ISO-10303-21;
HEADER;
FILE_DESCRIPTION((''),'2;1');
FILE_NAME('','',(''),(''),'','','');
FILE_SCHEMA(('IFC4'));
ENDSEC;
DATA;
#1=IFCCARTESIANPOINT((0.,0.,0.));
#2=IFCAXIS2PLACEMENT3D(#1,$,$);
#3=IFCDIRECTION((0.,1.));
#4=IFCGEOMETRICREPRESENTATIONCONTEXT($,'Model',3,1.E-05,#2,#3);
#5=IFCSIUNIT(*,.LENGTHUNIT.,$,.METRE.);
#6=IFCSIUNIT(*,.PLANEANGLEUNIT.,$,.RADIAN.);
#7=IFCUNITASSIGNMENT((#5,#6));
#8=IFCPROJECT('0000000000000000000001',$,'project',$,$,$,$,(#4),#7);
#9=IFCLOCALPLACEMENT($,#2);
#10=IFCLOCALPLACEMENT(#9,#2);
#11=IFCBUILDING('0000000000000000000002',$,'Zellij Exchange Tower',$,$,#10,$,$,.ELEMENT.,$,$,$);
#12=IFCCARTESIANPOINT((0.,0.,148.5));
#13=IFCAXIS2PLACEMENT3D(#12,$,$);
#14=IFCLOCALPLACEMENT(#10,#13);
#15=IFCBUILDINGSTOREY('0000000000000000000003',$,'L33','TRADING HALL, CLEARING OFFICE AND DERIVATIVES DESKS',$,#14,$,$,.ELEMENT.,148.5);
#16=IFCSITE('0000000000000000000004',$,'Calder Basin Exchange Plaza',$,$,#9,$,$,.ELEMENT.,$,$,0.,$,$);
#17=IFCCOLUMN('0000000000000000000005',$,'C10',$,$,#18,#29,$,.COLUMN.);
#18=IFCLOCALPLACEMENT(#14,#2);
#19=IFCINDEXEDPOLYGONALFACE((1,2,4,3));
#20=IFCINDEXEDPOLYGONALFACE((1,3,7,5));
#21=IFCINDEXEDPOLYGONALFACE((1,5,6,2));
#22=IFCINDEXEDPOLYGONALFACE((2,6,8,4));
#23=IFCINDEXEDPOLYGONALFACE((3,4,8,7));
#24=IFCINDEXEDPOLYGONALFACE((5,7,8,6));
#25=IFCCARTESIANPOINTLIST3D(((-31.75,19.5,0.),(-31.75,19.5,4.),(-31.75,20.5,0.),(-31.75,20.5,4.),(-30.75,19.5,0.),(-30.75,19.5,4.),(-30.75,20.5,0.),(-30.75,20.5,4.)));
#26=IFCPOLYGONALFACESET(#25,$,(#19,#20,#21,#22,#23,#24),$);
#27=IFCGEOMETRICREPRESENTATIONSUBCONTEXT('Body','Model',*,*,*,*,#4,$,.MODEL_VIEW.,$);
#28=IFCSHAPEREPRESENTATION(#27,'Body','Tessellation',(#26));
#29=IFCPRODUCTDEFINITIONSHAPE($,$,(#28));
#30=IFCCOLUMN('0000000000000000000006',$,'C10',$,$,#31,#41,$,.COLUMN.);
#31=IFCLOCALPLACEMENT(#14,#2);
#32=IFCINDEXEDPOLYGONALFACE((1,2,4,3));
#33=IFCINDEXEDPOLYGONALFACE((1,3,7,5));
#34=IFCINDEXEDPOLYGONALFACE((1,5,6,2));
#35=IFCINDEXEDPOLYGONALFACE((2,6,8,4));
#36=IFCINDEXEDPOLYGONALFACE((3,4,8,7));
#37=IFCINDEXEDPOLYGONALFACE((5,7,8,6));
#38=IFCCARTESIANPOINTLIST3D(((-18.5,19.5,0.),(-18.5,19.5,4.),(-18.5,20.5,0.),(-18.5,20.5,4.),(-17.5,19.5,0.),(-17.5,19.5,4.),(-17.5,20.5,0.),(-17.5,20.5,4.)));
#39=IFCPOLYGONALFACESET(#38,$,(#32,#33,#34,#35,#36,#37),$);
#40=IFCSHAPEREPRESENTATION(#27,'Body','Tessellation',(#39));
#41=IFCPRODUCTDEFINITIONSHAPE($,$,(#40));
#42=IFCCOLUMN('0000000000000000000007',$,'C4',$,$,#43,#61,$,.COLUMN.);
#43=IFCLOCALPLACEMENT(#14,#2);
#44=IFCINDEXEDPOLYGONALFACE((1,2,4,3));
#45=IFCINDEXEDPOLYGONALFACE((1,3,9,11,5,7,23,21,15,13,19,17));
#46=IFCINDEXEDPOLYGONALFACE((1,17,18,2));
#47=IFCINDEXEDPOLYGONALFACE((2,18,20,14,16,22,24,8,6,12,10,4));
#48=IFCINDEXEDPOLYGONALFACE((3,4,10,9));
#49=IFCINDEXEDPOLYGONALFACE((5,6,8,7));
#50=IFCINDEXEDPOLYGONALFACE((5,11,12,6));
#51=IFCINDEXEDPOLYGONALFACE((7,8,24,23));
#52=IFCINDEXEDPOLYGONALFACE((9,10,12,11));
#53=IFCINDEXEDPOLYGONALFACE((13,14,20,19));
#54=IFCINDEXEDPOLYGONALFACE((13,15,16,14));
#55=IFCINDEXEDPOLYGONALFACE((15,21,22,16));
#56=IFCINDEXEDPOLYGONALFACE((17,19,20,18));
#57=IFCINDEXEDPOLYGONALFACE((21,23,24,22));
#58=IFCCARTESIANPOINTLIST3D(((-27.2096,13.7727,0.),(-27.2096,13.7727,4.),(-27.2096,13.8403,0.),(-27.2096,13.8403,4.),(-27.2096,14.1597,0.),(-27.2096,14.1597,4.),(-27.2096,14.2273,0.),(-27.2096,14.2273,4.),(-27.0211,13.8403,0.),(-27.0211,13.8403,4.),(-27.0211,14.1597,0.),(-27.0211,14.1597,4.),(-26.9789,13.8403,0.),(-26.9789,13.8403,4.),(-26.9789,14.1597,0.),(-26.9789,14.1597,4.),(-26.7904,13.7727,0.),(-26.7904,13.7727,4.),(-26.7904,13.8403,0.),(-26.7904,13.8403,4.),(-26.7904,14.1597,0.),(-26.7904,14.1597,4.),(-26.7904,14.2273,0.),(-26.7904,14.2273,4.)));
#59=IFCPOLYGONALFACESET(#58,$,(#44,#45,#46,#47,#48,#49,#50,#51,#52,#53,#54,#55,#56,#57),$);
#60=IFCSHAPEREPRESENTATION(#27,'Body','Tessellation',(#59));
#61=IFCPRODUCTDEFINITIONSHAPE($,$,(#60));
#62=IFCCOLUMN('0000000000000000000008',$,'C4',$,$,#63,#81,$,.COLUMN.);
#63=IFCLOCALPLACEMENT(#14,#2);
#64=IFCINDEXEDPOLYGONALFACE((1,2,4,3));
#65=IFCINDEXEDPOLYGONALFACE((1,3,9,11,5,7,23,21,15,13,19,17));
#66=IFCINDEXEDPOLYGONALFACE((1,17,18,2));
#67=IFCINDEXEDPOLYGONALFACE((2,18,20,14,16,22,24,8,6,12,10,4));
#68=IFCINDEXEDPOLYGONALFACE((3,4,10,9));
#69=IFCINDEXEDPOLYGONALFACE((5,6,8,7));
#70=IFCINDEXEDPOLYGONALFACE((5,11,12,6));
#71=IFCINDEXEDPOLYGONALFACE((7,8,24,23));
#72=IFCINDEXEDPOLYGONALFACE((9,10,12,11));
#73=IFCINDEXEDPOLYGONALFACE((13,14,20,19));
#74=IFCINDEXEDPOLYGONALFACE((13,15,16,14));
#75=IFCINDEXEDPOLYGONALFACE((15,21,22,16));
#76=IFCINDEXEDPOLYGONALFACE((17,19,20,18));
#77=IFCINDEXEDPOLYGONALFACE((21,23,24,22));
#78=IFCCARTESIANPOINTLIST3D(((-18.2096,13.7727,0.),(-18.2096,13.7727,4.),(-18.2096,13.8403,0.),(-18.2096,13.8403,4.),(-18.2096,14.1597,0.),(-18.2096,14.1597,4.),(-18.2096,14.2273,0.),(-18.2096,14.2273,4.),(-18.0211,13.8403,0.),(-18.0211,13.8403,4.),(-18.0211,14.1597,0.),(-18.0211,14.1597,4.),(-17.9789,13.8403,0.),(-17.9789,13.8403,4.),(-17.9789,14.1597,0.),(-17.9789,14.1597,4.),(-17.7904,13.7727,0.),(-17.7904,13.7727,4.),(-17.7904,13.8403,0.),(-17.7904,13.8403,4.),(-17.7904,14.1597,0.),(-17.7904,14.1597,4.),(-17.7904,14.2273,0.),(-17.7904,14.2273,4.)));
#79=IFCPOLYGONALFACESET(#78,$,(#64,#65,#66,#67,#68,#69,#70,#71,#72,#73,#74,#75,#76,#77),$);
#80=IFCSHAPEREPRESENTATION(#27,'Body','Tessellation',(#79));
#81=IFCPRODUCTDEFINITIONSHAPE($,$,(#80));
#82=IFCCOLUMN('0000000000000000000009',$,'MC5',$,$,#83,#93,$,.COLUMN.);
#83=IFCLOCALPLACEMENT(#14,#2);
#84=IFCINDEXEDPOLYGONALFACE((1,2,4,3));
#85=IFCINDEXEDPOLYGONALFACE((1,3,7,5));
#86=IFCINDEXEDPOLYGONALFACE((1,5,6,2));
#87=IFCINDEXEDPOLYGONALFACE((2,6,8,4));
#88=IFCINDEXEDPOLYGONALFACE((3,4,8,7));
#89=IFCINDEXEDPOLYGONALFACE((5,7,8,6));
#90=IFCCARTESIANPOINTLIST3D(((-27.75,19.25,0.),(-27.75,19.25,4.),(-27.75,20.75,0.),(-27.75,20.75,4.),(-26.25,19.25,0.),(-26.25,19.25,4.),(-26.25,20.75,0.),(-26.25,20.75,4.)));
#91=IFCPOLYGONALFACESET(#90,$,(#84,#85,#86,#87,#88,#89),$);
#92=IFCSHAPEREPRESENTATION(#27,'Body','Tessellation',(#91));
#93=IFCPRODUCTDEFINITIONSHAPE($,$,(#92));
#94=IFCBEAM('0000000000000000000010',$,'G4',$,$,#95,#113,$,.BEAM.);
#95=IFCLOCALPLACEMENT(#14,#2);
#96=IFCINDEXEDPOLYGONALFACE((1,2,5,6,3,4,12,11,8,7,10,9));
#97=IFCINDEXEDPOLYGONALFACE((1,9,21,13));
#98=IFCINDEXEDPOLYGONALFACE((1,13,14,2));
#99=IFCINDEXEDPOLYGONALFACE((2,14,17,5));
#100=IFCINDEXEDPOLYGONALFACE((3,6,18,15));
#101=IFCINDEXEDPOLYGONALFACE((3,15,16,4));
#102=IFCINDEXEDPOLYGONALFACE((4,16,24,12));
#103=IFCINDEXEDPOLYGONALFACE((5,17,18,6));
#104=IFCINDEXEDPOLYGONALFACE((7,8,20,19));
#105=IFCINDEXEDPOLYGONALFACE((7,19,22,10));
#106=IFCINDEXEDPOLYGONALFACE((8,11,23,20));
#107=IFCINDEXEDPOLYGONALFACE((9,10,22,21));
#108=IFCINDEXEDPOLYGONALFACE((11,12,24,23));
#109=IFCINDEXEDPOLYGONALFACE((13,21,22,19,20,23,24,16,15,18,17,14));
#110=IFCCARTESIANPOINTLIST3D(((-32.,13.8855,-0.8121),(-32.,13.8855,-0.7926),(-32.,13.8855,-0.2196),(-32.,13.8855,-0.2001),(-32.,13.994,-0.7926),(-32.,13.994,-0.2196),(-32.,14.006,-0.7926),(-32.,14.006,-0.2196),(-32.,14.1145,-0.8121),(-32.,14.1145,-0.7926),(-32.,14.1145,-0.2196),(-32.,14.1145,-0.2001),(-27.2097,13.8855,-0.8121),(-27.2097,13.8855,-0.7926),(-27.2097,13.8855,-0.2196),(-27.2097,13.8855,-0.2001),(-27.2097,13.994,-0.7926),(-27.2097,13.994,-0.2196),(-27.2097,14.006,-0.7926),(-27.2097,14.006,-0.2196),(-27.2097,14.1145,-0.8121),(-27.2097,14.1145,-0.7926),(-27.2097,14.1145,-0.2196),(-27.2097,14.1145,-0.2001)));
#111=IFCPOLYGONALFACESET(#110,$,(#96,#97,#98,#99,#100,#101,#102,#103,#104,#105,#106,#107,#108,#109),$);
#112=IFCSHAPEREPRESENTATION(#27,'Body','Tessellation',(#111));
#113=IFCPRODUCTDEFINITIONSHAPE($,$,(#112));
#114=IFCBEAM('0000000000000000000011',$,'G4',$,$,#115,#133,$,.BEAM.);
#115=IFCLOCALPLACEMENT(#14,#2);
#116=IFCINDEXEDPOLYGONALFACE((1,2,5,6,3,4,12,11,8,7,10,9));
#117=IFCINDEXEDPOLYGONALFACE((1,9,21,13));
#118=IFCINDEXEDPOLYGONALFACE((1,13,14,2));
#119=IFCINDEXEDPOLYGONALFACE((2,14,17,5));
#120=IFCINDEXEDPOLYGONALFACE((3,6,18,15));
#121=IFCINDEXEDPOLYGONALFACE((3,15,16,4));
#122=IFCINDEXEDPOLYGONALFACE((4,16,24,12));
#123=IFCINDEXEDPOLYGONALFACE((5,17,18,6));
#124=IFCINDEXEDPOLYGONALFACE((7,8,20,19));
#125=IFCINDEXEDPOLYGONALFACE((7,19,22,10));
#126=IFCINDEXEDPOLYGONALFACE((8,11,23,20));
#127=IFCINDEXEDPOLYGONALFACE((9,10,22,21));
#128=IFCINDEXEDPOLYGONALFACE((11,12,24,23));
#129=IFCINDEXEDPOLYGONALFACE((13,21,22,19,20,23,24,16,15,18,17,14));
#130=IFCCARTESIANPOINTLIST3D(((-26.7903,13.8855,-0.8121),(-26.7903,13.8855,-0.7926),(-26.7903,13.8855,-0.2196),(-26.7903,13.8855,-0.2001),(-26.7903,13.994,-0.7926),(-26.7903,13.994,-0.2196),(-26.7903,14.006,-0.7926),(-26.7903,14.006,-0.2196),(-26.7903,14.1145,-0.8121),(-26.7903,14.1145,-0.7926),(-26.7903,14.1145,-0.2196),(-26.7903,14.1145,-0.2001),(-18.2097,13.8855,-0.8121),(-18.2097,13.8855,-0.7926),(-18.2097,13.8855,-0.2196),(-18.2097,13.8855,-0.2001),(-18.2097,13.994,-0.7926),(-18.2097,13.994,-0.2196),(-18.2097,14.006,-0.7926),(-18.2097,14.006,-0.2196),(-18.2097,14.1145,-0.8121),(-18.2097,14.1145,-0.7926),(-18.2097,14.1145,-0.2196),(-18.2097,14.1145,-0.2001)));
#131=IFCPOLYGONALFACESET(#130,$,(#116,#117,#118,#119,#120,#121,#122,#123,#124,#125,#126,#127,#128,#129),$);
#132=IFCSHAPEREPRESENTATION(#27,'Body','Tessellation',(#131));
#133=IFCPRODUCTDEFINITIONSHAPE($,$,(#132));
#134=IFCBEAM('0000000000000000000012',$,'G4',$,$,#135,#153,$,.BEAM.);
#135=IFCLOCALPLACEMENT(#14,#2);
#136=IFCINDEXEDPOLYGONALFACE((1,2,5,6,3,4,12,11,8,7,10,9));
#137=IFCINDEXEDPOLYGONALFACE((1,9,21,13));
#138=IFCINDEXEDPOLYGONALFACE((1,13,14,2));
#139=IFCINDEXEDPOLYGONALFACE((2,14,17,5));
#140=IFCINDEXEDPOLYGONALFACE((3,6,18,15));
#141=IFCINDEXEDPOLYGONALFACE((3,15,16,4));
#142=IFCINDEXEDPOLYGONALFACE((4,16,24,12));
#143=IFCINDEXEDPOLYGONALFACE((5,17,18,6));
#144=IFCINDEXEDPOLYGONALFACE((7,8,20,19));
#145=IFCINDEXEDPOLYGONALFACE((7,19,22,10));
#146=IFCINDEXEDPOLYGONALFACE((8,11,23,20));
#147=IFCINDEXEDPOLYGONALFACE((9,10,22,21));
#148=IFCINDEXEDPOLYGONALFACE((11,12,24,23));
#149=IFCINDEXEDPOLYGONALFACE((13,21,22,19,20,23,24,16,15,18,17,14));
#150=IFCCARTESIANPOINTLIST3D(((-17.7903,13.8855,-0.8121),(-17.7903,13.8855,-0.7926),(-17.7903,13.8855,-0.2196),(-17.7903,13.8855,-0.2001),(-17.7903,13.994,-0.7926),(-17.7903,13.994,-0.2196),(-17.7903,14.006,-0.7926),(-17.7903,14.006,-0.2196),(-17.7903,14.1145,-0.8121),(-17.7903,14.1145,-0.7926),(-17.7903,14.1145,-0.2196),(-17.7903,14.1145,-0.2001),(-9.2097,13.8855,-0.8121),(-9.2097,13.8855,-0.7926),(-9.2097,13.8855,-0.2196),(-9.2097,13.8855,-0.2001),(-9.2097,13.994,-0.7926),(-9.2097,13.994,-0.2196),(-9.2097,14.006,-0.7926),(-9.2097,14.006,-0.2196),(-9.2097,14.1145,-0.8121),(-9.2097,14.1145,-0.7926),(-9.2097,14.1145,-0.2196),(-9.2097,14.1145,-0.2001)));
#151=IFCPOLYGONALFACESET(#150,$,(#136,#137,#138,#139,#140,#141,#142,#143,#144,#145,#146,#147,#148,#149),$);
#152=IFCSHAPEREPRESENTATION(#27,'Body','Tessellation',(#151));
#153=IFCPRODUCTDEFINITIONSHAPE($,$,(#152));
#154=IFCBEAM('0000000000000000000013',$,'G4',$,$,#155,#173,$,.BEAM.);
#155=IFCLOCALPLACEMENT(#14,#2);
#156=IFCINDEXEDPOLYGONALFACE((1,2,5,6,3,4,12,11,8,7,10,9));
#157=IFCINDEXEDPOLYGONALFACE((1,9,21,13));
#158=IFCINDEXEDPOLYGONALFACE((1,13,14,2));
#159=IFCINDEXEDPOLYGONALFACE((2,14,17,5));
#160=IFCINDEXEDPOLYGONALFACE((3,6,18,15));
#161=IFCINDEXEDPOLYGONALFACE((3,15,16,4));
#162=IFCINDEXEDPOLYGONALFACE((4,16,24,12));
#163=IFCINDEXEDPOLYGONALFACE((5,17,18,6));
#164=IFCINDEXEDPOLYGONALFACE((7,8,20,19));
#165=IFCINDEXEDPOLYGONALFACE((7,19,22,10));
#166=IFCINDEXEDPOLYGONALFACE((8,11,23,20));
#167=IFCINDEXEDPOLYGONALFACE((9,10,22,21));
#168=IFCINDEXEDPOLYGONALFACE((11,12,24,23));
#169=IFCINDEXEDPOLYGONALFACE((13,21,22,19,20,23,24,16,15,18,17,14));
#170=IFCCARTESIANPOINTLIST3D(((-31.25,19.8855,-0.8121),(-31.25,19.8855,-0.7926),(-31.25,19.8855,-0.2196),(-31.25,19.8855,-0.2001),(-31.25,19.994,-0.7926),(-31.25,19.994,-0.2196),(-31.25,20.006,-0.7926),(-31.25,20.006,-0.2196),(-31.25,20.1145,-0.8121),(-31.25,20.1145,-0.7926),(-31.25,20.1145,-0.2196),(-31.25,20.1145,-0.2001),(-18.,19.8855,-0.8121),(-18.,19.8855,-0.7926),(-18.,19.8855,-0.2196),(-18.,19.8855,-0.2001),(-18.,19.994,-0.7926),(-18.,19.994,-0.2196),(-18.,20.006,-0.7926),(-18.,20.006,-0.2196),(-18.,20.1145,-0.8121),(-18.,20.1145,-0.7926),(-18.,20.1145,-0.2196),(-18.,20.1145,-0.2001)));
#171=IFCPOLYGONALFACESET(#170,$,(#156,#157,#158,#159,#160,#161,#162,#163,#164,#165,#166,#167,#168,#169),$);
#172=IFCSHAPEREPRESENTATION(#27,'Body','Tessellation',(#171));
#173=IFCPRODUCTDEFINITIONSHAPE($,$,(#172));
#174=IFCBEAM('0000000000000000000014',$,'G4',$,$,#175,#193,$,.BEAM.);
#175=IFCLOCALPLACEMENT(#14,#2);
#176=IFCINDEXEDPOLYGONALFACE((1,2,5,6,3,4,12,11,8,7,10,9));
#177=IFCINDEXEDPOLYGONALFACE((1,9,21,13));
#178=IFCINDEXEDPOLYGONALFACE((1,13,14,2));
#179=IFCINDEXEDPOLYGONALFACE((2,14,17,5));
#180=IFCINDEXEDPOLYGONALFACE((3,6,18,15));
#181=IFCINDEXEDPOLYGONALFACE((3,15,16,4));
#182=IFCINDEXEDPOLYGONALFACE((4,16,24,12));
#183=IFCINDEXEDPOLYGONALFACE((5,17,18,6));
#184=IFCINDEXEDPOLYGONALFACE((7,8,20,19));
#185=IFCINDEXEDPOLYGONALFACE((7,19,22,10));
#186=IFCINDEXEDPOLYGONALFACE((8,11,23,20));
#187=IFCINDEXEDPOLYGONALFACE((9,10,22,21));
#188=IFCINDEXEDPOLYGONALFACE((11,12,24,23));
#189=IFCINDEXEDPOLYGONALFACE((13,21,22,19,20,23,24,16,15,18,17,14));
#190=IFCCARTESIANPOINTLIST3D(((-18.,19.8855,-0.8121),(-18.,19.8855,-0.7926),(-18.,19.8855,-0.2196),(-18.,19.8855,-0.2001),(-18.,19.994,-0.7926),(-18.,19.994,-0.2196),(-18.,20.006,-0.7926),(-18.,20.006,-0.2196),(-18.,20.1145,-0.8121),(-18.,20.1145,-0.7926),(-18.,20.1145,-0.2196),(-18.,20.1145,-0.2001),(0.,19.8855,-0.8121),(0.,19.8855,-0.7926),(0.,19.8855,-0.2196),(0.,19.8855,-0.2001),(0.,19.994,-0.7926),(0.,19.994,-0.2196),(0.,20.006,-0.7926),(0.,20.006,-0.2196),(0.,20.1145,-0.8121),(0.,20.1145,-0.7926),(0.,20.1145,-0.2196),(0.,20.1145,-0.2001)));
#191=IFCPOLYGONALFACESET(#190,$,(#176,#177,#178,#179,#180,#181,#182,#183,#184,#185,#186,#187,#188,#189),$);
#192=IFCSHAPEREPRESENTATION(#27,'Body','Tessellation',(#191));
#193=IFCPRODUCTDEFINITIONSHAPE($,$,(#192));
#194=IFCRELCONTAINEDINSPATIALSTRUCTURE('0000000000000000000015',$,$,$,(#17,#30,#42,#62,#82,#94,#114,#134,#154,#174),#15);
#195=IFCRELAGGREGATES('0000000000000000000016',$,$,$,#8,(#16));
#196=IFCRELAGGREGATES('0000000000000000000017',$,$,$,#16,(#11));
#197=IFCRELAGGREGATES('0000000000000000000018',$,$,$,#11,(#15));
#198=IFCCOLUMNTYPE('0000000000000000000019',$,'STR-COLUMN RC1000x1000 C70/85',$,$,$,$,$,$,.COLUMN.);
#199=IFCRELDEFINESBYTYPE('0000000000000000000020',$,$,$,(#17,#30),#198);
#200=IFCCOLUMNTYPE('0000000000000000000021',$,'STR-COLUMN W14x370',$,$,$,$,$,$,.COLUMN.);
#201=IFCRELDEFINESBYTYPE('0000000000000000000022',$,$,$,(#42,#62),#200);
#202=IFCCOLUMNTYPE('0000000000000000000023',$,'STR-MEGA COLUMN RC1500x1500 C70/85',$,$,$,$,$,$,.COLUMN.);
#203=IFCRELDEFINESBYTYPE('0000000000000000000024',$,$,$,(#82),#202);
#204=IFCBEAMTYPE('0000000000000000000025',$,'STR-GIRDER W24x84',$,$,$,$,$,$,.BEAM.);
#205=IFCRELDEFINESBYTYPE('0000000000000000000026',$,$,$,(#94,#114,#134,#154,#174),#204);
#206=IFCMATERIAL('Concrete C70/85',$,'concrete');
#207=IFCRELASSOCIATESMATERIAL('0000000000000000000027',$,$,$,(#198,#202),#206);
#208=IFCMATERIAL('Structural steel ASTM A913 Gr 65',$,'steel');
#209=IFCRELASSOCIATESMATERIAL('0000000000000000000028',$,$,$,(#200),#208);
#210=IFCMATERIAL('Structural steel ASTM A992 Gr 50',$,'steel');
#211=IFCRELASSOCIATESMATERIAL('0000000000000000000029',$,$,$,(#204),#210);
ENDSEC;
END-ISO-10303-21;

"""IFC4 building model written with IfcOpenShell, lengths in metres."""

from ifc_helpers import new_model, si_unit, direction, frame, origin, origin_2d, place, context, subcontext, project, spatial, rectangle, i_section, extrude, material, material_profile, profile_set, type_object, element, save


model = new_model("IFC4")

# Units and contexts
model_context = context("Model", 3, precision=1e-05, world=origin(), true_north=direction((0.0, 1.0)))
body_context = subcontext(model_context, "Body", "Model", "MODEL_VIEW")
ifc_project = project(units=[si_unit("LENGTHUNIT", "METRE"), si_unit("PLANEANGLEUNIT", "RADIAN")], contexts=[model_context])

# Site, building, storey
site_placement = place(None, origin())
site = spatial("IfcSite", under=ifc_project, at=site_placement, Name="Calder Basin Exchange Plaza", CompositionType="ELEMENT", RefElevation=0.0)
building_placement = place(site_placement, origin())
building = spatial("IfcBuilding", under=site, at=building_placement, Name="Zellij Exchange Tower", CompositionType="ELEMENT")
storey_placement = place(building_placement, frame((0.0, 0.0, 148.5)))
storey = spatial("IfcBuildingStorey", under=building, at=storey_placement, Name="L33", Description="TRADING HALL, CLEARING OFFICE AND DERIVATIVES DESKS", CompositionType="ELEMENT", Elevation=148.5)

# Columns
ifc_material_1 = material(Name="Concrete C70/85", Category="concrete")
ifc_material_profile_1 = material_profile(ifc_material_1, rectangle(XDim=1.0, YDim=1.0, at=origin_2d()), Name="STR-COLUMN RC1000x1000 C70/85")
ifc_profile_set_1 = profile_set([ifc_material_profile_1], Name="Concrete C70/85")
column_type_1 = type_object("IfcColumnType", Name="STR-COLUMN RC1000x1000 C70/85", PredefinedType="COLUMN", material=ifc_profile_set_1)
for number, where, z_axis, x_axis, name in (
    (1, (-31.25, 20.0, 0.0), (0.0, 0.0, 1.0), (1.0, 0.0, 0.0), "C10"),
    (2, (-18.0, 20.0, 0.0), (0.0, 0.0, 1.0), (1.0, 0.0, 0.0), "C10"),
):
    element("IfcColumn", number, at=place(storey_placement, frame(where, z_axis=z_axis, x_axis=x_axis)), inside=storey, type_object=column_type_1, Name=name, PredefinedType="COLUMN", context=body_context, shape_type="SweptSolid", body=[
        extrude(rectangle(XDim=1.0, YDim=1.0, at=origin_2d()), origin(), (0.0, 0.0, 1.0), 4.0),
    ])
ifc_material_2 = material(Name="Structural steel ASTM A913 Gr 65", Category="steel")
ifc_material_profile_2 = material_profile(ifc_material_2, i_section(OverallWidth=0.4192, OverallDepth=0.4546, WebThickness=0.0422, FlangeThickness=0.0676, at=origin_2d()), Name="W14x370")
ifc_profile_set_2 = profile_set([ifc_material_profile_2], Name="Structural steel ASTM A913 Gr 65")
column_type_2 = type_object("IfcColumnType", Name="STR-COLUMN W14x370", PredefinedType="COLUMN", material=ifc_profile_set_2)
for number, where, z_axis, x_axis, name in (
    (3, (-27.0, 14.0, 0.0), (0.0, 0.0, 1.0), (1.0, 0.0, 0.0), "C4"),
    (4, (-18.0, 14.0, 0.0), (0.0, 0.0, 1.0), (1.0, 0.0, 0.0), "C4"),
):
    element("IfcColumn", number, at=place(storey_placement, frame(where, z_axis=z_axis, x_axis=x_axis)), inside=storey, type_object=column_type_2, Name=name, PredefinedType="COLUMN", context=body_context, shape_type="SweptSolid", body=[
        extrude(i_section(OverallWidth=0.4192, OverallDepth=0.4546, WebThickness=0.0422, FlangeThickness=0.0676, at=origin_2d()), origin(), (0.0, 0.0, 1.0), 4.0),
    ])
ifc_material_profile_3 = material_profile(ifc_material_1, rectangle(XDim=1.5, YDim=1.5, at=origin_2d()), Name="STR-MEGA COLUMN RC1500x1500 C70/85")
ifc_profile_set_3 = profile_set([ifc_material_profile_3], Name="Concrete C70/85")
column_type_3 = type_object("IfcColumnType", Name="STR-MEGA COLUMN RC1500x1500 C70/85", PredefinedType="COLUMN", material=ifc_profile_set_3)
column_placement = place(storey_placement, frame((-27.0, 20.0, 0.0), z_axis=(0.0, 0.0, 1.0), x_axis=(1.0, 0.0, 0.0)))
element("IfcColumn", 5, at=column_placement, inside=storey, type_object=column_type_3, Name="MC5", PredefinedType="COLUMN", context=body_context, shape_type="SweptSolid", body=[
    extrude(rectangle(XDim=1.5, YDim=1.5, at=origin_2d()), origin(), (0.0, 0.0, 1.0), 4.0),
])

# Beams
ifc_material_3 = material(Name="Structural steel ASTM A992 Gr 50", Category="steel")
ifc_material_profile_4 = material_profile(ifc_material_3, i_section(OverallWidth=0.229, OverallDepth=0.6121, WebThickness=0.012, FlangeThickness=0.0195, at=origin_2d()), Name="W24x84")
ifc_profile_set_4 = profile_set([ifc_material_profile_4], Name="Structural steel ASTM A992 Gr 50")
beam_type = type_object("IfcBeamType", Name="STR-GIRDER W24x84", PredefinedType="BEAM", material=ifc_profile_set_4)
beam_1_placement = place(storey_placement, frame((-32.0, 14.0, -0.5061), z_axis=(1.0, 0.0, 0.0), x_axis=(0.0, 1.0, 0.0)))
element("IfcBeam", 6, at=beam_1_placement, inside=storey, type_object=beam_type, Name="G4", PredefinedType="BEAM", context=body_context, shape_type="SweptSolid", body=[
    extrude(i_section(OverallWidth=0.229, OverallDepth=0.6121, WebThickness=0.012, FlangeThickness=0.0195, at=origin_2d()), origin(), (0.0, 0.0, 1.0), 4.7903),
])
for number, where, z_axis, x_axis, name in (
    (7, (-26.7903, 14.0, -0.5061), (1.0, 0.0, 0.0), (0.0, 1.0, 0.0), "G4"),
    (8, (-17.7903, 14.0, -0.5061), (1.0, 0.0, 0.0), (0.0, 1.0, 0.0), "G4"),
):
    element("IfcBeam", number, at=place(storey_placement, frame(where, z_axis=z_axis, x_axis=x_axis)), inside=storey, type_object=beam_type, Name=name, PredefinedType="BEAM", context=body_context, shape_type="SweptSolid", body=[
        extrude(i_section(OverallWidth=0.229, OverallDepth=0.6121, WebThickness=0.012, FlangeThickness=0.0195, at=origin_2d()), origin(), (0.0, 0.0, 1.0), 8.5806),
    ])
beam_2_placement = place(storey_placement, frame((-31.25, 20.0, -0.5061), z_axis=(1.0, 0.0, 0.0), x_axis=(0.0, 1.0, 0.0)))
element("IfcBeam", 9, at=beam_2_placement, inside=storey, type_object=beam_type, Name="G4", PredefinedType="BEAM", context=body_context, shape_type="SweptSolid", body=[
    extrude(i_section(OverallWidth=0.229, OverallDepth=0.6121, WebThickness=0.012, FlangeThickness=0.0195, at=origin_2d()), origin(), (0.0, 0.0, 1.0), 13.25),
])
beam_3_placement = place(storey_placement, frame((-18.0, 20.0, -0.5061), z_axis=(1.0, 0.0, 0.0), x_axis=(0.0, 1.0, 0.0)))
element("IfcBeam", 10, at=beam_3_placement, inside=storey, type_object=beam_type, Name="G4", PredefinedType="BEAM", context=body_context, shape_type="SweptSolid", body=[
    extrude(i_section(OverallWidth=0.229, OverallDepth=0.6121, WebThickness=0.012, FlangeThickness=0.0195, at=origin_2d()), origin(), (0.0, 0.0, 1.0), 18.0),
])

save(model, "model.ifc")
